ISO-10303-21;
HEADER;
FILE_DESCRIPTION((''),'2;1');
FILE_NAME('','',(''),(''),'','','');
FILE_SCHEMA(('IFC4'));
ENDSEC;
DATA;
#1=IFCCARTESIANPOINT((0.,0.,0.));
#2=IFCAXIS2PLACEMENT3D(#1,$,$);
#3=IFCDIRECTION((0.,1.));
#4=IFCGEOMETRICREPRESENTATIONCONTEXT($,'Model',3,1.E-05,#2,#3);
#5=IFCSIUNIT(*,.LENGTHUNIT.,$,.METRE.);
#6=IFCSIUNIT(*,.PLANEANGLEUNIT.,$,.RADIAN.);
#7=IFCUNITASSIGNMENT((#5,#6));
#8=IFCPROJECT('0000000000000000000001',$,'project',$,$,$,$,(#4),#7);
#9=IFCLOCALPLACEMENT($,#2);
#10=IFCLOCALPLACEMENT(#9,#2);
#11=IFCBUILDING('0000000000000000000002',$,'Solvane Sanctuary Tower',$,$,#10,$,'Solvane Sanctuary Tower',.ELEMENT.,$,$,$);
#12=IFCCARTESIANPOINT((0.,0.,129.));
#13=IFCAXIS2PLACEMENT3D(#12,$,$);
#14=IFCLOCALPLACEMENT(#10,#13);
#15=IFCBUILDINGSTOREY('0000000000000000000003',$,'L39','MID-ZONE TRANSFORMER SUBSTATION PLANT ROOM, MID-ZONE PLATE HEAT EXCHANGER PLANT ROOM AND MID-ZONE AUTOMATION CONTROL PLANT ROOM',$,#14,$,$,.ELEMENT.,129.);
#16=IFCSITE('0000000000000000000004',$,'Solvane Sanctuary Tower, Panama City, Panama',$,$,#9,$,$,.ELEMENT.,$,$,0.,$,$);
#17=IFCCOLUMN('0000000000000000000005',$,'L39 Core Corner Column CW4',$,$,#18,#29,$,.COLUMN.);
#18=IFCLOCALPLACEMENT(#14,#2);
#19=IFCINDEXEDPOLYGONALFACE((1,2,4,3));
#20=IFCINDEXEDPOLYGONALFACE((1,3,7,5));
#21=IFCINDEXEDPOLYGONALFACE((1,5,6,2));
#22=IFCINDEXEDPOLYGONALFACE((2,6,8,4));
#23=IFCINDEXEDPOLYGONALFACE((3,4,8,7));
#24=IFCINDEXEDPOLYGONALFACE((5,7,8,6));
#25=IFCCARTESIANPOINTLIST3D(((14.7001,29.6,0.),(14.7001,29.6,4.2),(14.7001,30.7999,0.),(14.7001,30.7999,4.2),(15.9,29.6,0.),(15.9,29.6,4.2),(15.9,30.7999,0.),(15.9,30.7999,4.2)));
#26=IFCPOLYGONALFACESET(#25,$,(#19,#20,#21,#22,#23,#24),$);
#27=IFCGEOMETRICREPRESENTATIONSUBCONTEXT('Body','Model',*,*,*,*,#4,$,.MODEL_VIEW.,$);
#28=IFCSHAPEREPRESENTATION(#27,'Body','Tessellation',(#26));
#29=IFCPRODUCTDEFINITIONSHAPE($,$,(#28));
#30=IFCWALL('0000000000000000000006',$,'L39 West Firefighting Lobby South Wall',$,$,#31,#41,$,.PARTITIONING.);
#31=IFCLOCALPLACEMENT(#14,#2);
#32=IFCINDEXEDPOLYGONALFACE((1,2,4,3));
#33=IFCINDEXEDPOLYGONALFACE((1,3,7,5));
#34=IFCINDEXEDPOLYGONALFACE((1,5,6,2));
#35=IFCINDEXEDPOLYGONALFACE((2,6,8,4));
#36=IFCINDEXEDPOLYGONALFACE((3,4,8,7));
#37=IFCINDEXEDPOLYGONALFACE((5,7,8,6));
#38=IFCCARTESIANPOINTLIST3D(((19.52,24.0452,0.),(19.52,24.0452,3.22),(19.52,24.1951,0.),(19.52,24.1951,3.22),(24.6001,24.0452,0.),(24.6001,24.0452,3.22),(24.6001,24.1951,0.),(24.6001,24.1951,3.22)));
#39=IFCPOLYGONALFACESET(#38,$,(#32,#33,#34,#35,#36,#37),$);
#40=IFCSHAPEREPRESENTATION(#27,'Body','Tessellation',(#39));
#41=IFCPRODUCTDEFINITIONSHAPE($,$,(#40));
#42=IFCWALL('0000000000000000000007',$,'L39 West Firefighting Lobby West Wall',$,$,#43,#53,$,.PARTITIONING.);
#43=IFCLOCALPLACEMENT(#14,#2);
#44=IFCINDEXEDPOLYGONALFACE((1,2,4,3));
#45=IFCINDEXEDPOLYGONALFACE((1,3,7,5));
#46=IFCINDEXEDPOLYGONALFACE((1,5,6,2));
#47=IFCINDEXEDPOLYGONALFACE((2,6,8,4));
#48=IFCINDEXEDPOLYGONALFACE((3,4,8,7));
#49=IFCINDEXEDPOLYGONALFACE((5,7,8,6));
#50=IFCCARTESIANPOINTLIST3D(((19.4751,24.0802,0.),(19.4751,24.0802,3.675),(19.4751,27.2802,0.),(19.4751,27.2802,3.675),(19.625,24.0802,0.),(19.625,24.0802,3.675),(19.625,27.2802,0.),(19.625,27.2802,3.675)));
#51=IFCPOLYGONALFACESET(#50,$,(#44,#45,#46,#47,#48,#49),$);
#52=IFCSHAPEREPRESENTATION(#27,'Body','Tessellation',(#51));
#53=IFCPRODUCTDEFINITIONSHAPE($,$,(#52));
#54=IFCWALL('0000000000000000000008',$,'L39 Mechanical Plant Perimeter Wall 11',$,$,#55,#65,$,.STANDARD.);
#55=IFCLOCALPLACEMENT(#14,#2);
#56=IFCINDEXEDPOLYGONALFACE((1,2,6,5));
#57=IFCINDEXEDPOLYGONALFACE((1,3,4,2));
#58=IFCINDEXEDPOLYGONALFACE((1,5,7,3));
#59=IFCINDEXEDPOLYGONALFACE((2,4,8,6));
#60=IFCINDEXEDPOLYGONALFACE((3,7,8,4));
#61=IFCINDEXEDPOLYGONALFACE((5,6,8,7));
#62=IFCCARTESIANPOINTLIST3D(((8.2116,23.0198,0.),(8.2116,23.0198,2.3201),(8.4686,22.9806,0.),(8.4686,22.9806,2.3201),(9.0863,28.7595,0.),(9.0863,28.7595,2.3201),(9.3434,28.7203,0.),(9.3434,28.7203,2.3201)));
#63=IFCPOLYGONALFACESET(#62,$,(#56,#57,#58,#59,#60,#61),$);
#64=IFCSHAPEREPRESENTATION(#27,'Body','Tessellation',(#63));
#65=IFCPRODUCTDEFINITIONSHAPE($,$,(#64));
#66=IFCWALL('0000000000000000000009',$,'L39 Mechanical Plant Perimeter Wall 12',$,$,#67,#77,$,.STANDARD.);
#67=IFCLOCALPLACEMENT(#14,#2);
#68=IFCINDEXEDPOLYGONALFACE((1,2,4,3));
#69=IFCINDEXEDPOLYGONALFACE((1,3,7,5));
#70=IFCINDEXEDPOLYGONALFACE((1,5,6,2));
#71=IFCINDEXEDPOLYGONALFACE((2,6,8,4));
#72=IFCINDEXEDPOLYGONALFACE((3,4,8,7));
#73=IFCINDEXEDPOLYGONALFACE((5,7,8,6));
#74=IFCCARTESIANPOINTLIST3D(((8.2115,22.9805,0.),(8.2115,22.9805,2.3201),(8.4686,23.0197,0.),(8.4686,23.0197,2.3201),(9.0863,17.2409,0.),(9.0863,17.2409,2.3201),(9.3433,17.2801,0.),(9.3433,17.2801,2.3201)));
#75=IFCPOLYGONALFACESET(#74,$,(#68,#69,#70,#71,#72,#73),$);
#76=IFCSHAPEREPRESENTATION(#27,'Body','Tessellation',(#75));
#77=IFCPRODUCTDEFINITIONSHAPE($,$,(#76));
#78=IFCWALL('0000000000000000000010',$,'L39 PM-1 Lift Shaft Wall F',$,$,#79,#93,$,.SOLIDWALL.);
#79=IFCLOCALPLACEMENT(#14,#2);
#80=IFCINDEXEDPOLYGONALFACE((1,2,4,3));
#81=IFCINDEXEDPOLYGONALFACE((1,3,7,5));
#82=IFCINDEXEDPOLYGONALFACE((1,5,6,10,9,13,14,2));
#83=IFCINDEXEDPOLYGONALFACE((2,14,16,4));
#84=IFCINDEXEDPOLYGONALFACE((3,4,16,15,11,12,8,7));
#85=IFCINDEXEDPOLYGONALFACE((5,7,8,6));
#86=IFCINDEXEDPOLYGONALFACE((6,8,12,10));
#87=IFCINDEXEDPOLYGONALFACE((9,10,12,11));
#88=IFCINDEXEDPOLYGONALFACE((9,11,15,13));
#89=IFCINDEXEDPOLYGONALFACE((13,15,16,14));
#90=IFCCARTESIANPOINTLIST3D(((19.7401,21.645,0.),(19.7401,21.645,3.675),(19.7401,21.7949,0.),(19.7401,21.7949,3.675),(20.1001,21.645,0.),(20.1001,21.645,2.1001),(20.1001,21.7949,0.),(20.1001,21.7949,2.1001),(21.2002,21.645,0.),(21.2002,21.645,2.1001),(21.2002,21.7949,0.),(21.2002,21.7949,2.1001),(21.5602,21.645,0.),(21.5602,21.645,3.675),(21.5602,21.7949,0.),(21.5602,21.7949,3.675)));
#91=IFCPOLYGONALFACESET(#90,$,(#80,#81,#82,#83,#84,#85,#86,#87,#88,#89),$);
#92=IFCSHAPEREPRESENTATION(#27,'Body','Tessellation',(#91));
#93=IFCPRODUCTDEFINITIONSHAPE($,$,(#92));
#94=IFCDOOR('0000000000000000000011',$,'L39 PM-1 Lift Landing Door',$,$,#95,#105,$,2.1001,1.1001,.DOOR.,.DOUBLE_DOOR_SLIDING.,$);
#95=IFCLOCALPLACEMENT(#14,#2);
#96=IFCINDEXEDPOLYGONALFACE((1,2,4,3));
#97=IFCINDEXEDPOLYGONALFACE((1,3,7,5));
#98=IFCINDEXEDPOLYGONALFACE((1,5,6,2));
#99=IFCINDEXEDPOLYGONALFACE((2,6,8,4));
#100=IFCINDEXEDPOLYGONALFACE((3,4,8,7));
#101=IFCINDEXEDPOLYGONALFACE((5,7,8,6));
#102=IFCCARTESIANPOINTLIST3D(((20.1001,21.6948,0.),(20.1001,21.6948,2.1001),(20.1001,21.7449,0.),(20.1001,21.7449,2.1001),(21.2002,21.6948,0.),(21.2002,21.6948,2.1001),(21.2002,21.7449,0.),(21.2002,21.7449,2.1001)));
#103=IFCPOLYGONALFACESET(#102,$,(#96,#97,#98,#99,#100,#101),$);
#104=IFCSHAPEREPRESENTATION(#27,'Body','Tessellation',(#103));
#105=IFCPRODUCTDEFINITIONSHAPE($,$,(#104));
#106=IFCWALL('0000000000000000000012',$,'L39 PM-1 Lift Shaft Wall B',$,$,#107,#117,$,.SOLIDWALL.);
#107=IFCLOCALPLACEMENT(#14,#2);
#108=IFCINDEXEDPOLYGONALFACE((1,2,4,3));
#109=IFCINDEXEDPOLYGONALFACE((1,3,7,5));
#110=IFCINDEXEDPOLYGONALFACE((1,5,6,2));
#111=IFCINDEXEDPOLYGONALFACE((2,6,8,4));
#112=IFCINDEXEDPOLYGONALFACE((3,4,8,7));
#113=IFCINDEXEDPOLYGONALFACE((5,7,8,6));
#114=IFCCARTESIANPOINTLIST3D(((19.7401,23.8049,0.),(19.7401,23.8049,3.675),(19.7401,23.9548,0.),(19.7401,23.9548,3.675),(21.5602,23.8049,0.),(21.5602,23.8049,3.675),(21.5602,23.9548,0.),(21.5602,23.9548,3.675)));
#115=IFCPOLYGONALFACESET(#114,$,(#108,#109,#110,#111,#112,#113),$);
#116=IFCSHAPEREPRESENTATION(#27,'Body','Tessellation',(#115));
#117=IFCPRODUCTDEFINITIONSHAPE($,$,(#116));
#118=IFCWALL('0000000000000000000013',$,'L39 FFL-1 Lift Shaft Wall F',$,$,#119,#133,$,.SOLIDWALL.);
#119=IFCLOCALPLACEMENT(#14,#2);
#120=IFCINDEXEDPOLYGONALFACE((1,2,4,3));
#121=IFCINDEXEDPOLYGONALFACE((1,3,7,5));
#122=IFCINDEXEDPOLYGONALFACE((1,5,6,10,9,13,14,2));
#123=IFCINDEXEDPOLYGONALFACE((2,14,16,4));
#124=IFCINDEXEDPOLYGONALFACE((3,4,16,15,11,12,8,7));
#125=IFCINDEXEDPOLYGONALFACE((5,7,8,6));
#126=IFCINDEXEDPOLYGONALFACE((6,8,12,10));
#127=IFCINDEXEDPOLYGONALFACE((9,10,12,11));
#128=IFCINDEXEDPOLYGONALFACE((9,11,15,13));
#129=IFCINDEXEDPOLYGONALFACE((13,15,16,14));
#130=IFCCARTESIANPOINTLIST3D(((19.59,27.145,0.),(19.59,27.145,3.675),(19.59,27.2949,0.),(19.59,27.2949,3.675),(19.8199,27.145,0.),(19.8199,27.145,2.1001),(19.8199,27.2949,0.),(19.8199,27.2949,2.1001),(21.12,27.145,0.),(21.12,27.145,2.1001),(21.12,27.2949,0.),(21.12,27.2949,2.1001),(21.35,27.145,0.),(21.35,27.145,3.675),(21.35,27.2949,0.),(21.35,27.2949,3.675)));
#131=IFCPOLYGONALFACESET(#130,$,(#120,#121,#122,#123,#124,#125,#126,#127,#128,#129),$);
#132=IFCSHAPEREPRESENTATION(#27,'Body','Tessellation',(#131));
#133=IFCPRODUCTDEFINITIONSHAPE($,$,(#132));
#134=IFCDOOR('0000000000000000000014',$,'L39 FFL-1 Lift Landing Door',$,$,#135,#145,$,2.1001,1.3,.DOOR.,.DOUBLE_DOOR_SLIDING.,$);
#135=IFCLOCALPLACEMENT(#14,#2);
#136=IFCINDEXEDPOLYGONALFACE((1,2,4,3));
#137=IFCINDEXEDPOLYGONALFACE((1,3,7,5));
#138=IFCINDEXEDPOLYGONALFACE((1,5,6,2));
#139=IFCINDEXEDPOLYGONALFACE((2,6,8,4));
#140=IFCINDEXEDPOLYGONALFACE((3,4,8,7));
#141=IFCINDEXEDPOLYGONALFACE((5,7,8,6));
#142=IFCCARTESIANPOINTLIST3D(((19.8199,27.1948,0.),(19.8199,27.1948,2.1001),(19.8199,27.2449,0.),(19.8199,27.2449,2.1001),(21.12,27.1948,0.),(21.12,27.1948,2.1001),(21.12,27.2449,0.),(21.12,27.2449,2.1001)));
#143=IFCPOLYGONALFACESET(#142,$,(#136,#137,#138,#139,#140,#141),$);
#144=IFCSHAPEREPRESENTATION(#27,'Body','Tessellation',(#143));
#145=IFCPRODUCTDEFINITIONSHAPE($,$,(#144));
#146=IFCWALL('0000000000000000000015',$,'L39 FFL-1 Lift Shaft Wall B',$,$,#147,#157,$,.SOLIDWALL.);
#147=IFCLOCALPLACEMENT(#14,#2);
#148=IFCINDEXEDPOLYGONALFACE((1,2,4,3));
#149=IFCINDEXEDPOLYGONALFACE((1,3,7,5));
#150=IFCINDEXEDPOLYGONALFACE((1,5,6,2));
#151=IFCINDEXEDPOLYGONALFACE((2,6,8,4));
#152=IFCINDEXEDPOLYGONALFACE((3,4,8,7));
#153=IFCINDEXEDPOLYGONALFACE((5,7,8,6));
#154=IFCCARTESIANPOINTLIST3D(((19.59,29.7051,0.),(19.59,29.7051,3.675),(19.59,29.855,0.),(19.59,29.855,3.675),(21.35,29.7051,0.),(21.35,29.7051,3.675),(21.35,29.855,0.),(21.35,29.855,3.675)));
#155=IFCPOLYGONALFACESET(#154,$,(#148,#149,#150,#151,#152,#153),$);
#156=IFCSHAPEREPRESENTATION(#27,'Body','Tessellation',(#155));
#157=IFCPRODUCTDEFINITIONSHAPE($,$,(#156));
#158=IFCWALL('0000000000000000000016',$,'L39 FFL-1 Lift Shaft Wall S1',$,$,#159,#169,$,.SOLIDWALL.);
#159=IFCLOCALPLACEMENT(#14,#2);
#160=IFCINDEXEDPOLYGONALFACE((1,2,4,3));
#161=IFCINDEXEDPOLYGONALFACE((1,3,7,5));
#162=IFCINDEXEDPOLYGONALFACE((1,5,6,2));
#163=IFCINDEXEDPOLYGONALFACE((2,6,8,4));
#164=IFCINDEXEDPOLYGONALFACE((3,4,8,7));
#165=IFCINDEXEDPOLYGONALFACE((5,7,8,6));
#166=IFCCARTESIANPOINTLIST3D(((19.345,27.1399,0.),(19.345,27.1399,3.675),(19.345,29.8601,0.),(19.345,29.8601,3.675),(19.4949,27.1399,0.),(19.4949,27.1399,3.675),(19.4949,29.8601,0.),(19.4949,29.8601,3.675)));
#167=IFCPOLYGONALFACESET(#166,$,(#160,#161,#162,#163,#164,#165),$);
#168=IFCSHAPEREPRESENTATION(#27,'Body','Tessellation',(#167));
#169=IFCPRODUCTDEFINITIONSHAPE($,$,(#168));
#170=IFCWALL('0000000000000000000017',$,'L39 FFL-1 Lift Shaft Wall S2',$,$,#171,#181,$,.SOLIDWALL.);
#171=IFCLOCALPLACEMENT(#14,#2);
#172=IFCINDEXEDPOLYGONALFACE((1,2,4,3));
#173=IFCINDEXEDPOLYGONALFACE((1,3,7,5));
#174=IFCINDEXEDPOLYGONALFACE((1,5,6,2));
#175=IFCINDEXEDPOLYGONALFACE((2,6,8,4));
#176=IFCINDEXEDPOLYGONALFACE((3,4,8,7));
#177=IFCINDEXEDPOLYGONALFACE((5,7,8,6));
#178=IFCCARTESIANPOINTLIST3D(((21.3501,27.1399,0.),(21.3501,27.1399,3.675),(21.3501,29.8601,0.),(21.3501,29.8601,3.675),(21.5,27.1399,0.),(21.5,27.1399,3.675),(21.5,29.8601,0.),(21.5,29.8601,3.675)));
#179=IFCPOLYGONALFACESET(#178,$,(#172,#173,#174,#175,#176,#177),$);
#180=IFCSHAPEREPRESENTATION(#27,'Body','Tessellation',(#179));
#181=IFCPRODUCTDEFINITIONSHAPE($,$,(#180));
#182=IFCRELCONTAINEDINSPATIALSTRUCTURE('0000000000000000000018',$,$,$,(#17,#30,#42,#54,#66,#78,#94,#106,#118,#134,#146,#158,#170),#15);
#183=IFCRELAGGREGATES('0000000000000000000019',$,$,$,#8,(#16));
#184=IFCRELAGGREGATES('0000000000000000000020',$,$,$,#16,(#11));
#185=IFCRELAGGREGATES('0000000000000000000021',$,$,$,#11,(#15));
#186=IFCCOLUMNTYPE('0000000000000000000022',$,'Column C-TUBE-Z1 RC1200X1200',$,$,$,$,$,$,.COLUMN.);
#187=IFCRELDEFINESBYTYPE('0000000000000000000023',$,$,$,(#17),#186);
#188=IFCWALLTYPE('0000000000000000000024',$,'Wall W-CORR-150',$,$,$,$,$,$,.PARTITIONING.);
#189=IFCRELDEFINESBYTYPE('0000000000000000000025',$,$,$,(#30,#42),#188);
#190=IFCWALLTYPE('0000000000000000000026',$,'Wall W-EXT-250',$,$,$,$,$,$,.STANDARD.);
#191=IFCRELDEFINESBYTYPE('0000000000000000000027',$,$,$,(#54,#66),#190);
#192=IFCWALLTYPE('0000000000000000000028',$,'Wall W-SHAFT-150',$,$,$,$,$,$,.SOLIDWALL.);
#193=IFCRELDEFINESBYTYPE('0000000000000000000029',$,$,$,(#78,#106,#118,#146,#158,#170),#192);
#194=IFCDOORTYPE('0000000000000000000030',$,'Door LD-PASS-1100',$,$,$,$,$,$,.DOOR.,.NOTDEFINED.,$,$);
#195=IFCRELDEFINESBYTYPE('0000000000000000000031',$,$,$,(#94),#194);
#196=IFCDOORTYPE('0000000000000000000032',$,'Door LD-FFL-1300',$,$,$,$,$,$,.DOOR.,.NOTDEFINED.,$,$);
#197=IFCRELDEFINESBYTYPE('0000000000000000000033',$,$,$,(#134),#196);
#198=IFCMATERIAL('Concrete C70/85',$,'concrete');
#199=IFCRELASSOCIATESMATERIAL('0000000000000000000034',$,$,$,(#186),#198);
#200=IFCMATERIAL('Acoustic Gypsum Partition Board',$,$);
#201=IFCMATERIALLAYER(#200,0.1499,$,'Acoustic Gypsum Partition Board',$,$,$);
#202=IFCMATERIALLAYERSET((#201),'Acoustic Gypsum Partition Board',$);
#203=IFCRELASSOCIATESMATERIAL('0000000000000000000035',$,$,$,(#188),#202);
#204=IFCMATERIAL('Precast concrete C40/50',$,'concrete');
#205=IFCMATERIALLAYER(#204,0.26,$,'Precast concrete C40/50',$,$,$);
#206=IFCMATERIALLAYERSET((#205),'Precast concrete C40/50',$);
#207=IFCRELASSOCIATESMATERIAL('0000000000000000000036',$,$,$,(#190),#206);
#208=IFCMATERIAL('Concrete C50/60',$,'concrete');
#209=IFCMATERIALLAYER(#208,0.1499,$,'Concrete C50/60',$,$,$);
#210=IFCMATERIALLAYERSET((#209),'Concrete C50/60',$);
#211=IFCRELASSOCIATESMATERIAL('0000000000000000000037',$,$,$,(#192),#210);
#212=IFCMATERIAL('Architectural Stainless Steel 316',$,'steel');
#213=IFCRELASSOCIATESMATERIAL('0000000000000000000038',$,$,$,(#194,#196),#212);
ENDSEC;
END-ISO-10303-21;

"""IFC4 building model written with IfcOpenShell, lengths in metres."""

from ifc_helpers import new_model, si_unit, direction, frame, frame_2d, origin, origin_2d, place, context, subcontext, project, spatial, rectangle, extrude, material, layer, layer_set, material_profile, profile_set, type_object, element, fill, save


model = new_model("IFC4")

# Units and contexts
model_context = context("Model", 3, precision=1e-05, world=origin(), true_north=direction((0.0, 1.0)))
body_context = subcontext(model_context, "Body", "Model", "MODEL_VIEW")
ifc_project = project(units=[si_unit("LENGTHUNIT", "METRE"), si_unit("PLANEANGLEUNIT", "RADIAN")], contexts=[model_context])

# Site, building, storey
site_placement = place(None, origin())
site = spatial("IfcSite", under=ifc_project, at=site_placement, Name="Solvane Sanctuary Tower, Panama City, Panama", CompositionType="ELEMENT", RefElevation=0.0)
building_placement = place(site_placement, origin())
building = spatial("IfcBuilding", under=site, at=building_placement, Name="Solvane Sanctuary Tower", LongName="Solvane Sanctuary Tower", CompositionType="ELEMENT")
storey_placement = place(building_placement, frame((0.0, 0.0, 129.0)))
storey = spatial("IfcBuildingStorey", under=building, at=storey_placement, Name="L39", Description="MID-ZONE TRANSFORMER SUBSTATION PLANT ROOM, MID-ZONE PLATE HEAT EXCHANGER PLANT ROOM AND MID-ZONE AUTOMATION CONTROL PLANT ROOM", CompositionType="ELEMENT", Elevation=129.0)

# Column
ifc_material_1 = material(Name="Concrete C70/85", Category="concrete")
ifc_material_profile = material_profile(ifc_material_1, rectangle(XDim=1.2, YDim=1.2, at=origin_2d()), Name="RC1200X1200")
ifc_profile_set = profile_set([ifc_material_profile], Name="Concrete C70/85")
column_type = type_object("IfcColumnType", Name="Column C-TUBE-Z1 RC1200X1200", PredefinedType="COLUMN", material=ifc_profile_set)
column_placement = place(storey_placement, frame((15.3, 30.2, 0.0), z_axis=(0.0, 0.0, 1.0), x_axis=(1.0, 0.0, 0.0)))
element("IfcColumn", 1, at=column_placement, inside=storey, type_object=column_type, Name="L39 Core Corner Column CW4", PredefinedType="COLUMN", context=body_context, shape_type="SweptSolid", body=[
    extrude(rectangle(XDim=1.2, YDim=1.2, at=origin_2d()), origin(), (0.0, 0.0, 1.0), 4.2),
])

# Walls
ifc_material_2 = material(Name="Acoustic Gypsum Partition Board")
ifc_layer_1 = layer(ifc_material_2, 0.1499, Name="Acoustic Gypsum Partition Board")
ifc_layer_set_1 = layer_set([ifc_layer_1], Name="Acoustic Gypsum Partition Board")
wall_type_1 = type_object("IfcWallType", Name="Wall W-CORR-150", PredefinedType="PARTITIONING", material=ifc_layer_set_1)
wall_1_placement = place(storey_placement, frame((19.52, 24.1201, 0.0), z_axis=(0.0, 0.0, 1.0), x_axis=(1.0, 0.0, 0.0)))
element("IfcWall", 2, at=wall_1_placement, inside=storey, type_object=wall_type_1, Name="L39 West Firefighting Lobby South Wall", PredefinedType="PARTITIONING", context=body_context, shape_type="SweptSolid", body=[
    extrude(rectangle(XDim=5.0801, YDim=0.1499, at=frame_2d((2.54, 0.0))), origin(), (0.0, 0.0, 1.0), 3.22),
])
wall_2_placement = place(storey_placement, frame((19.55, 24.0801, 0.0), z_axis=(0.0, 0.0, 1.0), x_axis=(0.0, 1.0, 0.0)))
element("IfcWall", 3, at=wall_2_placement, inside=storey, type_object=wall_type_1, Name="L39 West Firefighting Lobby West Wall", PredefinedType="PARTITIONING", context=body_context, shape_type="SweptSolid", body=[
    extrude(rectangle(XDim=3.2, YDim=0.1499, at=frame_2d((1.6001, 0.0))), origin(), (0.0, 0.0, 1.0), 3.675),
])
ifc_material_3 = material(Name="Precast concrete C40/50", Category="concrete")
ifc_layer_2 = layer(ifc_material_3, 0.26, Name="Precast concrete C40/50")
ifc_layer_set_2 = layer_set([ifc_layer_2], Name="Precast concrete C40/50")
wall_type_2 = type_object("IfcWallType", Name="Wall W-EXT-250", PredefinedType="STANDARD", material=ifc_layer_set_2)
for number, where, z_axis, x_axis, name in (
    (4, (9.2148, 28.7397, 0.0), (0.0, 0.0, 1.0), (-0.150664, -0.988585, 0.0), "L39 Mechanical Plant Perimeter Wall 11"),
    (5, (8.3401, 23.0, 0.0), (0.0, 0.0, 1.0), (0.150664, -0.988585, 0.0), "L39 Mechanical Plant Perimeter Wall 12"),
):
    element("IfcWall", number, at=place(storey_placement, frame(where, z_axis=z_axis, x_axis=x_axis)), inside=storey, type_object=wall_type_2, Name=name, PredefinedType="STANDARD", context=body_context, shape_type="SweptSolid", body=[
        extrude(rectangle(XDim=5.8059, YDim=0.26, at=frame_2d((2.9028, 0.0))), origin(), (0.0, 0.0, 1.0), 2.3201),
    ])

# Wall, opening, door
ifc_material_4 = material(Name="Concrete C50/60", Category="concrete")
ifc_layer_3 = layer(ifc_material_4, 0.1499, Name="Concrete C50/60")
ifc_layer_set_3 = layer_set([ifc_layer_3], Name="Concrete C50/60")
wall_type_3 = type_object("IfcWallType", Name="Wall W-SHAFT-150", PredefinedType="SOLIDWALL", material=ifc_layer_set_3)
wall_3_placement = place(storey_placement, frame((19.74, 21.72, 0.0), z_axis=(0.0, 0.0, 1.0), x_axis=(1.0, 0.0, 0.0)))
wall_3 = element("IfcWall", 6, at=wall_3_placement, inside=storey, type_object=wall_type_3, Name="L39 PM-1 Lift Shaft Wall F", PredefinedType="SOLIDWALL", context=body_context, shape_type="SweptSolid", body=[
    extrude(rectangle(XDim=1.8201, YDim=0.1499, at=frame_2d((0.9102, 0.0))), origin(), (0.0, 0.0, 1.0), 3.675),
])
opening_1_placement = place(wall_3_placement, frame((0.3601, 0.0, 0.0)))
opening_1 = element("IfcOpeningElement", 7, at=opening_1_placement, cuts=wall_3, PredefinedType="OPENING", context=body_context, shape_type="SweptSolid", body=[
    extrude(rectangle(XDim=1.1001, YDim=2.1001, at=frame_2d((0.55, 1.05))), frame((0.0, 0.085, 0.0), z_axis=(0.0, -1.0, 0.0), x_axis=(1.0, 0.0, 0.0)), (0.0, 0.0, 1.0), 0.1699),
])
ifc_material_5 = material(Name="Architectural Stainless Steel 316", Category="steel")
door_type_1 = type_object("IfcDoorType", Name="Door LD-PASS-1100", OperationType="NOTDEFINED", PredefinedType="DOOR", material=ifc_material_5)
door_1_placement = place(opening_1_placement, origin())
door_1 = element("IfcDoor", 8, at=door_1_placement, inside=storey, type_object=door_type_1, Name="L39 PM-1 Lift Landing Door", OperationType="DOUBLE_DOOR_SLIDING", OverallHeight=2.1001, OverallWidth=1.1001, PredefinedType="DOOR", context=body_context, shape_type="SweptSolid", body=[
    extrude(rectangle(XDim=1.1001, YDim=2.1001, at=frame_2d((0.55, 1.05))), frame((0.0, 0.0249, 0.0), z_axis=(0.0, -1.0, 0.0), x_axis=(1.0, 0.0, 0.0)), (0.0, 0.0, 1.0), 0.05),
])
fill(opening_1, door_1)

# Wall
wall_4_placement = place(storey_placement, frame((19.74, 23.8799, 0.0), z_axis=(0.0, 0.0, 1.0), x_axis=(1.0, 0.0, 0.0)))
element("IfcWall", 9, at=wall_4_placement, inside=storey, type_object=wall_type_3, Name="L39 PM-1 Lift Shaft Wall B", PredefinedType="SOLIDWALL", context=body_context, shape_type="SweptSolid", body=[
    extrude(rectangle(XDim=1.8201, YDim=0.1499, at=frame_2d((0.9102, 0.0))), origin(), (0.0, 0.0, 1.0), 3.675),
])

# Wall, opening, door
wall_5_placement = place(storey_placement, frame((19.5901, 27.22, 0.0), z_axis=(0.0, 0.0, 1.0), x_axis=(1.0, 0.0, 0.0)))
wall_5 = element("IfcWall", 10, at=wall_5_placement, inside=storey, type_object=wall_type_3, Name="L39 FFL-1 Lift Shaft Wall F", PredefinedType="SOLIDWALL", context=body_context, shape_type="SweptSolid", body=[
    extrude(rectangle(XDim=1.76, YDim=0.1499, at=frame_2d((0.8799, 0.0))), origin(), (0.0, 0.0, 1.0), 3.675),
])
opening_2_placement = place(wall_5_placement, frame((0.23, 0.0, 0.0)))
opening_2 = element("IfcOpeningElement", 11, at=opening_2_placement, cuts=wall_5, PredefinedType="OPENING", context=body_context, shape_type="SweptSolid", body=[
    extrude(rectangle(XDim=1.3, YDim=2.1001, at=frame_2d((0.6499, 1.05))), frame((0.0, 0.085, 0.0), z_axis=(0.0, -1.0, 0.0), x_axis=(1.0, 0.0, 0.0)), (0.0, 0.0, 1.0), 0.1699),
])
door_type_2 = type_object("IfcDoorType", Name="Door LD-FFL-1300", OperationType="NOTDEFINED", PredefinedType="DOOR", material=ifc_material_5)
door_2_placement = place(opening_2_placement, origin())
door_2 = element("IfcDoor", 12, at=door_2_placement, inside=storey, type_object=door_type_2, Name="L39 FFL-1 Lift Landing Door", OperationType="DOUBLE_DOOR_SLIDING", OverallHeight=2.1001, OverallWidth=1.3, PredefinedType="DOOR", context=body_context, shape_type="SweptSolid", body=[
    extrude(rectangle(XDim=1.3, YDim=2.1001, at=frame_2d((0.6499, 1.05))), frame((0.0, 0.0249, 0.0), z_axis=(0.0, -1.0, 0.0), x_axis=(1.0, 0.0, 0.0)), (0.0, 0.0, 1.0), 0.05),
])
fill(opening_2, door_2)

# Walls
wall_6_placement = place(storey_placement, frame((19.5901, 29.78, 0.0), z_axis=(0.0, 0.0, 1.0), x_axis=(1.0, 0.0, 0.0)))
element("IfcWall", 13, at=wall_6_placement, inside=storey, type_object=wall_type_3, Name="L39 FFL-1 Lift Shaft Wall B", PredefinedType="SOLIDWALL", context=body_context, shape_type="SweptSolid", body=[
    extrude(rectangle(XDim=1.76, YDim=0.1499, at=frame_2d((0.8799, 0.0))), origin(), (0.0, 0.0, 1.0), 3.675),
])
for number, where, z_axis, x_axis, name in (
    (14, (19.4199, 27.1399, 0.0), (0.0, 0.0, 1.0), (0.0, 1.0, 0.0), "L39 FFL-1 Lift Shaft Wall S1"),
    (15, (21.425, 27.1399, 0.0), (0.0, 0.0, 1.0), (0.0, 1.0, 0.0), "L39 FFL-1 Lift Shaft Wall S2"),
):
    element("IfcWall", number, at=place(storey_placement, frame(where, z_axis=z_axis, x_axis=x_axis)), inside=storey, type_object=wall_type_3, Name=name, PredefinedType="SOLIDWALL", context=body_context, shape_type="SweptSolid", body=[
        extrude(rectangle(XDim=2.7202, YDim=0.1499, at=frame_2d((1.3601, 0.0))), origin(), (0.0, 0.0, 1.0), 3.675),
    ])

save(model, "model.ifc")
